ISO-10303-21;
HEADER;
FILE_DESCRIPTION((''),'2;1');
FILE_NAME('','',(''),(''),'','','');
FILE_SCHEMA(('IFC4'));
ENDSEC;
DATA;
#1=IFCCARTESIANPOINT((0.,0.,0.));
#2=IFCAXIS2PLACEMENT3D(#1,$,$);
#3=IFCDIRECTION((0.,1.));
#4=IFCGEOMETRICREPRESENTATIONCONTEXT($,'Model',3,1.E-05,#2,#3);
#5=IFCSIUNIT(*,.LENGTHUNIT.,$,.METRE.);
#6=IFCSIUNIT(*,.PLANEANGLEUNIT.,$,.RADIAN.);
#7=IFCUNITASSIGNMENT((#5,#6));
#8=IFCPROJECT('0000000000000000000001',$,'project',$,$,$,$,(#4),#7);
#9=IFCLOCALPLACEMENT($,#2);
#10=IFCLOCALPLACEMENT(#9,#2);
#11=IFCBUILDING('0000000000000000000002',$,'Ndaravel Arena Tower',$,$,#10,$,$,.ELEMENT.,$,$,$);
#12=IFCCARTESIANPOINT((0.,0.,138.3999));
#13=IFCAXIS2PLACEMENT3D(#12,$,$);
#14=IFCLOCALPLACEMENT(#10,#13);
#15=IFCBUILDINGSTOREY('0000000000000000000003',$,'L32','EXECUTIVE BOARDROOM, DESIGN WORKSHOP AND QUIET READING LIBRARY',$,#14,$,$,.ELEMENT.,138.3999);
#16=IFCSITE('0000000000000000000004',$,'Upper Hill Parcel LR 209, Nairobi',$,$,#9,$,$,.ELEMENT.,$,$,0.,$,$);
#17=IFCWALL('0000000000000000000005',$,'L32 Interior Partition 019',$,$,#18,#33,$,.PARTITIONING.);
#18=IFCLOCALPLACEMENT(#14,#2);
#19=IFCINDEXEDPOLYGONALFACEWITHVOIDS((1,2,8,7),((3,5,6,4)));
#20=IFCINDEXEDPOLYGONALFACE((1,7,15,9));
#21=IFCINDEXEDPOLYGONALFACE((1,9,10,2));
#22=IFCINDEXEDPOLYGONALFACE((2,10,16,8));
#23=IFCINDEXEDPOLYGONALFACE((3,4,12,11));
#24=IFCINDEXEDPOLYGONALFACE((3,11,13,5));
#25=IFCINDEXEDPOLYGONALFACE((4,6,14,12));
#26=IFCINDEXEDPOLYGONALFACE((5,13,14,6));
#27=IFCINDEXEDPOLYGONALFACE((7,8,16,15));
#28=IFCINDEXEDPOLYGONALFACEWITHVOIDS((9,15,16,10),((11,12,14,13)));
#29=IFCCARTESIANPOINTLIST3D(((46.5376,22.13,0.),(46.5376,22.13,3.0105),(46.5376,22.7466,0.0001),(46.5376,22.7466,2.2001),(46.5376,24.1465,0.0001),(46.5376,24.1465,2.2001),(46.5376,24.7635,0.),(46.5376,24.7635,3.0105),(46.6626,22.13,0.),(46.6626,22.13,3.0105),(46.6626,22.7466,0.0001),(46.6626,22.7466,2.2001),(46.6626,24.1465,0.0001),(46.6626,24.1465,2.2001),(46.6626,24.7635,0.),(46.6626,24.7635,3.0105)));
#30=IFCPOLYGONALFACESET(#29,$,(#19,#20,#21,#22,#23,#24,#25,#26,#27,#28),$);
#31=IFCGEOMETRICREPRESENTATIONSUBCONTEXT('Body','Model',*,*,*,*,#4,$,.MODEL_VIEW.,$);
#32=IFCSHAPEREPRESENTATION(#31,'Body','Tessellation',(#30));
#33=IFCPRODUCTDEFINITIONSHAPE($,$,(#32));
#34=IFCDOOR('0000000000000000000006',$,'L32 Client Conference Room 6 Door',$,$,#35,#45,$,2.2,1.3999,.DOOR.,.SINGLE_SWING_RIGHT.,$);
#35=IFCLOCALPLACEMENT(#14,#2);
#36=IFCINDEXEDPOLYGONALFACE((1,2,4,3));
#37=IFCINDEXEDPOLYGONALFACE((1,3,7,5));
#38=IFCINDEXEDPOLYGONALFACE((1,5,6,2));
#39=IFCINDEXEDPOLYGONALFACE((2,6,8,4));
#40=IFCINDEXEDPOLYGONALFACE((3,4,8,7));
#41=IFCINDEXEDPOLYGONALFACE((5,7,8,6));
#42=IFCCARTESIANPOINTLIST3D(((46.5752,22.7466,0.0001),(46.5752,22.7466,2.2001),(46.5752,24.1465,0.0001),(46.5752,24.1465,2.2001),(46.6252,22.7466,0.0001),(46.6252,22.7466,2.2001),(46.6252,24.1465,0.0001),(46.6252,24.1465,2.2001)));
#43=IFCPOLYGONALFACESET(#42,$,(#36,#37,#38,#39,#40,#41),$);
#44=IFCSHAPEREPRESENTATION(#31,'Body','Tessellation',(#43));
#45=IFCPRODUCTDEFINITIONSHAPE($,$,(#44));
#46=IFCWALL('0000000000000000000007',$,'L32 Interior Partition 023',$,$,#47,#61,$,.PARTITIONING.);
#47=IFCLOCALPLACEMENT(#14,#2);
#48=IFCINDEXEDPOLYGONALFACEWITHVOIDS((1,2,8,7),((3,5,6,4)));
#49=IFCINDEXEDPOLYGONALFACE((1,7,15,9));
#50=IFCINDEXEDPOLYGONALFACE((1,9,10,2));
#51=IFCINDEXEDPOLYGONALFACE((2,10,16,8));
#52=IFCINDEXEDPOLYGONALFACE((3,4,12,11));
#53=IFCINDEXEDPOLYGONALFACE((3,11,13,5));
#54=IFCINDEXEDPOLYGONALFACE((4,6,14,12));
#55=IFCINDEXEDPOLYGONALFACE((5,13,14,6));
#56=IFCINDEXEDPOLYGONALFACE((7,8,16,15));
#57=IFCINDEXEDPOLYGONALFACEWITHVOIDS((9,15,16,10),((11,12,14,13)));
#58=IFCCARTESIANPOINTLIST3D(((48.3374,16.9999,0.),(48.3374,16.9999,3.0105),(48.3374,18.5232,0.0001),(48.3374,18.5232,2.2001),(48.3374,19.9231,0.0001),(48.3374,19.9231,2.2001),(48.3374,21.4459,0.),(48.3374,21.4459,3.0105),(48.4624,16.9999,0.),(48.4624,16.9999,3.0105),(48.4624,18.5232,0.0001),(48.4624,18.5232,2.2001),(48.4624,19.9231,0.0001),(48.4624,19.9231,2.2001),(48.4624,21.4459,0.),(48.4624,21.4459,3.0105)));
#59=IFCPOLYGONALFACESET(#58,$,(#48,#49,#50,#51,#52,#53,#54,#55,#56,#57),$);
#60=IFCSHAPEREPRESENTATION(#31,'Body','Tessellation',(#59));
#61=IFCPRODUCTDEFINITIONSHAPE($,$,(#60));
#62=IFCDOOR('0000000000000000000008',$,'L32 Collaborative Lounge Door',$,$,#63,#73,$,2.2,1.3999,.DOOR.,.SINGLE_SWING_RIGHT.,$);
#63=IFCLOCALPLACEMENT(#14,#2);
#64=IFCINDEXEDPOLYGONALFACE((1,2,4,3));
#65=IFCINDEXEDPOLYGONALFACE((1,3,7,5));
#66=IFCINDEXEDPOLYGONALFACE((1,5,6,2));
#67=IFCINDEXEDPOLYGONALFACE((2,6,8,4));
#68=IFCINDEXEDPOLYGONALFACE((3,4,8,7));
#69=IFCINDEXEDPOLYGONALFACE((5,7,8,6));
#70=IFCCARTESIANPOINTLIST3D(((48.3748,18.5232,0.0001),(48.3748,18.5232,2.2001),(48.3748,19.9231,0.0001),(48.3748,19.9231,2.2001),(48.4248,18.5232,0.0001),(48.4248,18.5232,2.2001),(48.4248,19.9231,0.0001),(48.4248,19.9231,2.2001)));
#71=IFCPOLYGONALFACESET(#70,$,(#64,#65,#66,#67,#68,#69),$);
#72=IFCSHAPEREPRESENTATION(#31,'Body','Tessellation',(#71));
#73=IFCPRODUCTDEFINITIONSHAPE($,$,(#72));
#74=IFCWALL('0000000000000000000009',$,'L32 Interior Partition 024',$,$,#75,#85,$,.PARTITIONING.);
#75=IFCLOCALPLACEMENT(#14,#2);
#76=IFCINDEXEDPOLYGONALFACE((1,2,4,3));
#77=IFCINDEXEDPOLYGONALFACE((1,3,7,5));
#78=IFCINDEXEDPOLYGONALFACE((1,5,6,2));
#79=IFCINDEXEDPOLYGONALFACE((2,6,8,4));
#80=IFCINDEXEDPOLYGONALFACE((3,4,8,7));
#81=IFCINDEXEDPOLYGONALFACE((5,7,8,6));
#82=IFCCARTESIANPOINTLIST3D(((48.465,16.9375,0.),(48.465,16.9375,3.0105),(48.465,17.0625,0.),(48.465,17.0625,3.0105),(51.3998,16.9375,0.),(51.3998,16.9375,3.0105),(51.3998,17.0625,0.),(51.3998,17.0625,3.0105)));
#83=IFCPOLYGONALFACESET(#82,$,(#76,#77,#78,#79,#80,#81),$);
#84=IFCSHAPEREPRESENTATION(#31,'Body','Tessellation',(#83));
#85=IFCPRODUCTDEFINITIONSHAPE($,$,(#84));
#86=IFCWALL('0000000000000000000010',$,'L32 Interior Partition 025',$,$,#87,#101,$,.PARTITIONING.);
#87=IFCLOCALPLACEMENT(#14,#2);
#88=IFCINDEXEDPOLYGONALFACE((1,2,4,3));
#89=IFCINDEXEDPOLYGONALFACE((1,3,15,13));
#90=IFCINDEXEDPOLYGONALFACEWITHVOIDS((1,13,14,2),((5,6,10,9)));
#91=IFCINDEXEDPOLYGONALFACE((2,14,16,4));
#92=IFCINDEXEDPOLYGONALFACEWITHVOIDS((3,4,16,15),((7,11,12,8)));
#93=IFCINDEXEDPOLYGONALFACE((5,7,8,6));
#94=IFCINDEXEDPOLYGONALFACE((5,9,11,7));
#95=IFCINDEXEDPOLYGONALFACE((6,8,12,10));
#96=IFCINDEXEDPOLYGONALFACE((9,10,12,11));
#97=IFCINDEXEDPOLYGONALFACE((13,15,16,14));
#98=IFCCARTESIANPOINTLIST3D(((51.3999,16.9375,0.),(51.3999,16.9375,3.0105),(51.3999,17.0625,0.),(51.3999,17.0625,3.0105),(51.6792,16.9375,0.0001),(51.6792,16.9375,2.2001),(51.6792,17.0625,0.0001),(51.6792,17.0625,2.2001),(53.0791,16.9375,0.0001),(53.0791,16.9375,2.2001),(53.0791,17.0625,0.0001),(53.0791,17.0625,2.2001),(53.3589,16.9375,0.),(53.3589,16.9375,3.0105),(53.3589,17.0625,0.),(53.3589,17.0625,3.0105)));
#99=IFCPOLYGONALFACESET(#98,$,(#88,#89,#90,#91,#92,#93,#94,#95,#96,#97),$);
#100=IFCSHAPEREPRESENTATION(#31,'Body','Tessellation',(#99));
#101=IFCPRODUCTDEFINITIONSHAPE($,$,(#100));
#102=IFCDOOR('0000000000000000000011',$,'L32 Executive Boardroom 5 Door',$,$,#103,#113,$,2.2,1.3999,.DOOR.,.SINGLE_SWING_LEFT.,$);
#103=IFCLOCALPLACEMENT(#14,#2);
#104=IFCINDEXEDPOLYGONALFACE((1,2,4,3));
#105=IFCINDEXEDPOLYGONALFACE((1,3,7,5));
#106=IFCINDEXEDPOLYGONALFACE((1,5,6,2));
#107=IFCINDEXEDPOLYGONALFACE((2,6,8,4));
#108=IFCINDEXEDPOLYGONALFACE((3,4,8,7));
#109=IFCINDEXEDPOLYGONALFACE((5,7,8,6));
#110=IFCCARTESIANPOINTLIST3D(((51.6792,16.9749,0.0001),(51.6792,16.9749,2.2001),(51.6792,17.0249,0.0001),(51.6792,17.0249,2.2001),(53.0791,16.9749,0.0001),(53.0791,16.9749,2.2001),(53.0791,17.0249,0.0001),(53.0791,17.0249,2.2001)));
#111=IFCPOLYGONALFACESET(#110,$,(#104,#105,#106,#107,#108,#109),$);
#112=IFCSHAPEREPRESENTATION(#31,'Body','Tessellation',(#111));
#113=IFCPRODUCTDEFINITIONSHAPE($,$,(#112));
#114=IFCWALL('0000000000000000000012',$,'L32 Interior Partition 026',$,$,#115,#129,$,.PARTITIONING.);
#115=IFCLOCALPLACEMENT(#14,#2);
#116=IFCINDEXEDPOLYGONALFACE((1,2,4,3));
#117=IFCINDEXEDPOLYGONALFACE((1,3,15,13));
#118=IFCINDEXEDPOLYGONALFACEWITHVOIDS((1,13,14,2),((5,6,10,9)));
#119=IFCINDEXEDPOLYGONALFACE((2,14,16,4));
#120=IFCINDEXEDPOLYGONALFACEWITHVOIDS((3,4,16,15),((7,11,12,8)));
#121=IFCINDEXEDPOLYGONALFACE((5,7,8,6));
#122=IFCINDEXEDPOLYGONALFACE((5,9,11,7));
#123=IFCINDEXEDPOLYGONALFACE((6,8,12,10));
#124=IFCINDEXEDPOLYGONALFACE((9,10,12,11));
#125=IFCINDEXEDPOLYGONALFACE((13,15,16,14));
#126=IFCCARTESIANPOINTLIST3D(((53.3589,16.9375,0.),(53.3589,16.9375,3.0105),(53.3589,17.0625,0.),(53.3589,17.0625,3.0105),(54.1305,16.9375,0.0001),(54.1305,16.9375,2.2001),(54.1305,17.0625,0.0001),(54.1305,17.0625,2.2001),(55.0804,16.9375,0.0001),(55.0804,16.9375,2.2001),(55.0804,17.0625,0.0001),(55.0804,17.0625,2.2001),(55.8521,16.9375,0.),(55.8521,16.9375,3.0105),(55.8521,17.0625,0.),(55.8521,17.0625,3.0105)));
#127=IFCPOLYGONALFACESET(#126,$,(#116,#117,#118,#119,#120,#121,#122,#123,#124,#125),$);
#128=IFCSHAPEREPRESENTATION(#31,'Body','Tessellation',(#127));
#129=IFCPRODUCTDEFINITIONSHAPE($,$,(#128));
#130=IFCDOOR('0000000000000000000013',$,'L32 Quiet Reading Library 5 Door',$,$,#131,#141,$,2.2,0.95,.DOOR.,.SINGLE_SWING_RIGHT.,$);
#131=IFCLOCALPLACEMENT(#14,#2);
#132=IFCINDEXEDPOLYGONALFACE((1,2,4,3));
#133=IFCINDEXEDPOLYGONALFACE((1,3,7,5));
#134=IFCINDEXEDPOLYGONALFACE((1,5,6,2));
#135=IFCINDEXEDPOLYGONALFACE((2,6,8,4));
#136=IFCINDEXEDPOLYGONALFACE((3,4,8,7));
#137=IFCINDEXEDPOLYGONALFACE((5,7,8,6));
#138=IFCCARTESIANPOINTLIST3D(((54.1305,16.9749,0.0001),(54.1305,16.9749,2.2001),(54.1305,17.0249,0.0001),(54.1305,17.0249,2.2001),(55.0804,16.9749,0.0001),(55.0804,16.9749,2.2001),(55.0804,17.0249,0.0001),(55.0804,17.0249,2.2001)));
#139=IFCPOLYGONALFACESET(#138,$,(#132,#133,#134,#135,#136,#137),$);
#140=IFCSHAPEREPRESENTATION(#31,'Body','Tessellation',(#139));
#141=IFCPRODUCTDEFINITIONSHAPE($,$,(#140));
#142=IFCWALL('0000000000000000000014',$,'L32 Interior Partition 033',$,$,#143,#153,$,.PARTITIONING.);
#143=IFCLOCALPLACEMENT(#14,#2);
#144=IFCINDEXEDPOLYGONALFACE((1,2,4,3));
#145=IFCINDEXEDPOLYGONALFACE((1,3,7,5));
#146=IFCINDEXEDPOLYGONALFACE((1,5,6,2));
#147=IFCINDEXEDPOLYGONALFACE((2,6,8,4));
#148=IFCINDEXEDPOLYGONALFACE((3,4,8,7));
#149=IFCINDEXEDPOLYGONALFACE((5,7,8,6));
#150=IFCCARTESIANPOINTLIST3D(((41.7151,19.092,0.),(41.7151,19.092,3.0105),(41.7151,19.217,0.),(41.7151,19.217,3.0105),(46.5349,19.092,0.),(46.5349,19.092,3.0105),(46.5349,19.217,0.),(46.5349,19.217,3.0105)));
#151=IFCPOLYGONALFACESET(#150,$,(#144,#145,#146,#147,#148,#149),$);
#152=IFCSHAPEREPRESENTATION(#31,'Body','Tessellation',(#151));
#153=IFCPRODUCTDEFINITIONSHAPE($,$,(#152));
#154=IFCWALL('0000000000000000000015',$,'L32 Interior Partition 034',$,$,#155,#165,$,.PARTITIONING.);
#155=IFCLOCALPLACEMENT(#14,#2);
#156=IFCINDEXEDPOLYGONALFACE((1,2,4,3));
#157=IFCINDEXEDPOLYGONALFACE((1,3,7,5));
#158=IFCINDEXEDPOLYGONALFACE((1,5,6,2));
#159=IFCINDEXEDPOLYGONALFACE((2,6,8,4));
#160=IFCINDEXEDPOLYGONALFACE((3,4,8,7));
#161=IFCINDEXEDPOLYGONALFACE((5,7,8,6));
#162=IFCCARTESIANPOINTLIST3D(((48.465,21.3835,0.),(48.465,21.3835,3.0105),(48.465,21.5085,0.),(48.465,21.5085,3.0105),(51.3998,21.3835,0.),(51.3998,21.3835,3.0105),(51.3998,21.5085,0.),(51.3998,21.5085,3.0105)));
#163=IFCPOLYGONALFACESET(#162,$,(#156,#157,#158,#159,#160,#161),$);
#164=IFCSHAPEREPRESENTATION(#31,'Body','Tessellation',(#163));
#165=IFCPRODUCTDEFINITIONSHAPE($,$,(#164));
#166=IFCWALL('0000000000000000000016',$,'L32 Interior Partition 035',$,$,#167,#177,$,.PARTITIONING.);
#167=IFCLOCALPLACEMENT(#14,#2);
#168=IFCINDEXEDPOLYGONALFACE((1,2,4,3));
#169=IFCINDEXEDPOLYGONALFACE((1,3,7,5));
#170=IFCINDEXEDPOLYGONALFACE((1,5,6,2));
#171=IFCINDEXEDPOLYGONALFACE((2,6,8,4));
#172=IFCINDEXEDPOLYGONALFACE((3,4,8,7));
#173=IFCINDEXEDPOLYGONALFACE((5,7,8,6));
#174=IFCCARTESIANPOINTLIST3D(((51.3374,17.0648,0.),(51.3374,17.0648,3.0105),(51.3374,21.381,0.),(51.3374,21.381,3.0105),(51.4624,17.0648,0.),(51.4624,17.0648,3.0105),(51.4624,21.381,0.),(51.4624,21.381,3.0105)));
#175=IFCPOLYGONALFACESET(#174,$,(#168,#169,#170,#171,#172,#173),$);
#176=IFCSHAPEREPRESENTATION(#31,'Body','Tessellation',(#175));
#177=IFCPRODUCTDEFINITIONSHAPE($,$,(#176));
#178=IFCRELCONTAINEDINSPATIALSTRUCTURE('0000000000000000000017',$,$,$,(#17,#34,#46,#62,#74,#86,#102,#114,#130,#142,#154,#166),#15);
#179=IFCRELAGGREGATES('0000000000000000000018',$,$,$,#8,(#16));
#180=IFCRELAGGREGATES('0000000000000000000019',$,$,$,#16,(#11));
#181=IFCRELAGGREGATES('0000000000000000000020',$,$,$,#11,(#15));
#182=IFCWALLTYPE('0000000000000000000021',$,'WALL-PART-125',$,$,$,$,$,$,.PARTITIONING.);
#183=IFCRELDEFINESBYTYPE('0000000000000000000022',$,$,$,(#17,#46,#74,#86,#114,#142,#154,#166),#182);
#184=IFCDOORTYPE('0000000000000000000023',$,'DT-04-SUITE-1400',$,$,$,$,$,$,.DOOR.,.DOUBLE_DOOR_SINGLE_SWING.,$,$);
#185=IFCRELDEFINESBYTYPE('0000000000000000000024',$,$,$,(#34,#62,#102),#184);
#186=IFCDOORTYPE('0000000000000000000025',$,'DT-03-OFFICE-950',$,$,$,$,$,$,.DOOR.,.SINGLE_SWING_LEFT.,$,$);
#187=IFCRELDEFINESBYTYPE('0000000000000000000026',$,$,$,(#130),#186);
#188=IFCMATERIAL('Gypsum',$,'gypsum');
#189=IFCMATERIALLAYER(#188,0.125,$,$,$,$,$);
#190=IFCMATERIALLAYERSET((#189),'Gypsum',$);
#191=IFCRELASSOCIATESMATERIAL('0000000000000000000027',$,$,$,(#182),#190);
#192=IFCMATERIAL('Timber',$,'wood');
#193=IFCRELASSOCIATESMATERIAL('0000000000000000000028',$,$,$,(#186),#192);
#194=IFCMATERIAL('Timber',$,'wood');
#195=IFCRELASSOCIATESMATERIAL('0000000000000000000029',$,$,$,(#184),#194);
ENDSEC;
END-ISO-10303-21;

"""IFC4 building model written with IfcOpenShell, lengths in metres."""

from ifc_helpers import new_model, si_unit, direction, frame, frame_2d, origin, place, context, subcontext, project, spatial, rectangle, extrude, material, layer, layer_set, type_object, element, fill, save


model = new_model("IFC4")

# Units and contexts
model_context = context("Model", 3, precision=1e-05, world=origin(), true_north=direction((0.0, 1.0)))
body_context = subcontext(model_context, "Body", "Model", "MODEL_VIEW")
ifc_project = project(units=[si_unit("LENGTHUNIT", "METRE"), si_unit("PLANEANGLEUNIT", "RADIAN")], contexts=[model_context])

# Site, building, storey
site_placement = place(None, origin())
site = spatial("IfcSite", under=ifc_project, at=site_placement, Name="Upper Hill Parcel LR 209, Nairobi", CompositionType="ELEMENT", RefElevation=0.0)
building_placement = place(site_placement, origin())
building = spatial("IfcBuilding", under=site, at=building_placement, Name="Ndaravel Arena Tower", CompositionType="ELEMENT")
storey_placement = place(building_placement, frame((0.0, 0.0, 138.3999)))
storey = spatial("IfcBuildingStorey", under=building, at=storey_placement, Name="L32", Description="EXECUTIVE BOARDROOM, DESIGN WORKSHOP AND QUIET READING LIBRARY", CompositionType="ELEMENT", Elevation=138.3999)

# Shared definitions
ifc_material_1 = material(Name="Gypsum", Category="gypsum")
ifc_layer_1 = layer(ifc_material_1, 0.125)
ifc_layer_set_1 = layer_set([ifc_layer_1], Name="Gypsum")
wall_type_1 = type_object("IfcWallType", Name="WALL-PART-125", PredefinedType="PARTITIONING", material=ifc_layer_set_1)

# Walls, openings, doors
ifc_material_2 = material(Name="Timber", Category="wood")
door_type_1 = type_object("IfcDoorType", Name="DT-03-OFFICE-950", OperationType="SINGLE_SWING_LEFT", PredefinedType="DOOR", material=ifc_material_2)
wall_1_placement = place(storey_placement, frame((46.6001, 22.1299, 0.0), z_axis=(0.0, 0.0, 1.0), x_axis=(0.0, 1.0, 0.0)))
wall_1 = element("IfcWall", 1, at=wall_1_placement, inside=storey, type_object=wall_type_1, Name="L32 Interior Partition 019", PredefinedType="PARTITIONING", context=body_context, shape_type="SweptSolid", body=[
    extrude(rectangle(XDim=2.6335, YDim=0.125, at=frame_2d((1.3169, 0.0))), origin(), (0.0, 0.0, 1.0), 3.0105),
])
opening_1_placement = place(wall_1_placement, frame((0.6167, 0.0, 0.0)))
opening_1 = element("IfcOpeningElement", 2, at=opening_1_placement, cuts=wall_1, PredefinedType="OPENING", context=body_context, shape_type="SweptSolid", body=[
    extrude(rectangle(XDim=1.3999, YDim=2.2, at=frame_2d((0.7, 1.1001))), frame((0.0, 0.0625, 0.0), z_axis=(0.0, -1.0, 0.0), x_axis=(1.0, 0.0, 0.0)), (0.0, 0.0, 1.0), 0.125),
])
ifc_material_3 = material(Name="Timber", Category="wood")
door_type_2 = type_object("IfcDoorType", Name="DT-04-SUITE-1400", OperationType="DOUBLE_DOOR_SINGLE_SWING", PredefinedType="DOOR", material=ifc_material_3)
door_1_placement = place(opening_1_placement, origin())
door_1 = element("IfcDoor", 3, at=door_1_placement, inside=storey, type_object=door_type_2, Name="L32 Client Conference Room 6 Door", OperationType="SINGLE_SWING_RIGHT", OverallHeight=2.2, OverallWidth=1.3999, PredefinedType="DOOR", context=body_context, shape_type="SweptSolid", body=[
    extrude(rectangle(XDim=1.3999, YDim=2.2, at=frame_2d((0.7, 1.1001))), frame((0.0, 0.0249, 0.0), z_axis=(0.0, -1.0, 0.0), x_axis=(1.0, 0.0, 0.0)), (0.0, 0.0, 1.0), 0.05),
])
fill(opening_1, door_1)
wall_2_placement = place(storey_placement, frame((48.3999, 21.446, 0.0), z_axis=(0.0, 0.0, 1.0), x_axis=(0.0, -1.0, 0.0)))
wall_2 = element("IfcWall", 4, at=wall_2_placement, inside=storey, type_object=wall_type_1, Name="L32 Interior Partition 023", PredefinedType="PARTITIONING", context=body_context, shape_type="SweptSolid", body=[
    extrude(rectangle(XDim=4.446, YDim=0.125, at=frame_2d((2.2231, 0.0))), origin(), (0.0, 0.0, 1.0), 3.0105),
])
opening_2_placement = place(wall_2_placement, frame((1.5229, 0.0, 0.0)))
opening_2 = element("IfcOpeningElement", 5, at=opening_2_placement, cuts=wall_2, PredefinedType="OPENING", context=body_context, shape_type="SweptSolid", body=[
    extrude(rectangle(XDim=1.3999, YDim=2.2, at=frame_2d((0.7, 1.1001))), frame((0.0, 0.0625, 0.0), z_axis=(0.0, -1.0, 0.0), x_axis=(1.0, 0.0, 0.0)), (0.0, 0.0, 1.0), 0.125),
])
door_2_placement = place(opening_2_placement, origin())
door_2 = element("IfcDoor", 6, at=door_2_placement, inside=storey, type_object=door_type_2, Name="L32 Collaborative Lounge Door", OperationType="SINGLE_SWING_RIGHT", OverallHeight=2.2, OverallWidth=1.3999, PredefinedType="DOOR", context=body_context, shape_type="SweptSolid", body=[
    extrude(rectangle(XDim=1.3999, YDim=2.2, at=frame_2d((0.7, 1.1001))), frame((0.0, 0.0249, 0.0), z_axis=(0.0, -1.0, 0.0), x_axis=(1.0, 0.0, 0.0)), (0.0, 0.0, 1.0), 0.05),
])
fill(opening_2, door_2)

# Wall
wall_3_placement = place(storey_placement, frame((48.4651, 17.0, 0.0), z_axis=(0.0, 0.0, 1.0), x_axis=(1.0, 0.0, 0.0)))
element("IfcWall", 7, at=wall_3_placement, inside=storey, type_object=wall_type_1, Name="L32 Interior Partition 024", PredefinedType="PARTITIONING", context=body_context, shape_type="SweptSolid", body=[
    extrude(rectangle(XDim=2.9348, YDim=0.125, at=frame_2d((1.4673, 0.0))), origin(), (0.0, 0.0, 1.0), 3.0105),
])

# Walls, openings, doors
wall_4_placement = place(storey_placement, frame((51.3999, 17.0, 0.0), z_axis=(0.0, 0.0, 1.0), x_axis=(1.0, 0.0, 0.0)))
wall_4 = element("IfcWall", 8, at=wall_4_placement, inside=storey, type_object=wall_type_1, Name="L32 Interior Partition 025", PredefinedType="PARTITIONING", context=body_context, shape_type="SweptSolid", body=[
    extrude(rectangle(XDim=1.959, YDim=0.125, at=frame_2d((0.9795, 0.0))), origin(), (0.0, 0.0, 1.0), 3.0105),
])
opening_3_placement = place(wall_4_placement, frame((0.2793, 0.0, 0.0)))
opening_3 = element("IfcOpeningElement", 9, at=opening_3_placement, cuts=wall_4, PredefinedType="OPENING", context=body_context, shape_type="SweptSolid", body=[
    extrude(rectangle(XDim=1.3999, YDim=2.2, at=frame_2d((0.7, 1.1001))), frame((0.0, 0.0625, 0.0), z_axis=(0.0, -1.0, 0.0), x_axis=(1.0, 0.0, 0.0)), (0.0, 0.0, 1.0), 0.125),
])
door_3_placement = place(opening_3_placement, origin())
door_3 = element("IfcDoor", 10, at=door_3_placement, inside=storey, type_object=door_type_2, Name="L32 Executive Boardroom 5 Door", OperationType="SINGLE_SWING_LEFT", OverallHeight=2.2, OverallWidth=1.3999, PredefinedType="DOOR", context=body_context, shape_type="SweptSolid", body=[
    extrude(rectangle(XDim=1.3999, YDim=2.2, at=frame_2d((0.7, 1.1001))), frame((0.0, 0.0249, 0.0), z_axis=(0.0, -1.0, 0.0), x_axis=(1.0, 0.0, 0.0)), (0.0, 0.0, 1.0), 0.05),
])
fill(opening_3, door_3)
wall_5_placement = place(storey_placement, frame((53.3589, 17.0, 0.0), z_axis=(0.0, 0.0, 1.0), x_axis=(1.0, 0.0, 0.0)))
wall_5 = element("IfcWall", 11, at=wall_5_placement, inside=storey, type_object=wall_type_1, Name="L32 Interior Partition 026", PredefinedType="PARTITIONING", context=body_context, shape_type="SweptSolid", body=[
    extrude(rectangle(XDim=2.4932, YDim=0.125, at=frame_2d((1.2466, 0.0))), origin(), (0.0, 0.0, 1.0), 3.0105),
])
opening_4_placement = place(wall_5_placement, frame((0.7715, 0.0, 0.0)))
opening_4 = element("IfcOpeningElement", 12, at=opening_4_placement, cuts=wall_5, PredefinedType="OPENING", context=body_context, shape_type="SweptSolid", body=[
    extrude(rectangle(XDim=0.95, YDim=2.2, at=frame_2d((0.4751, 1.1001))), frame((0.0, 0.0625, 0.0), z_axis=(0.0, -1.0, 0.0), x_axis=(1.0, 0.0, 0.0)), (0.0, 0.0, 1.0), 0.125),
])
door_4_placement = place(opening_4_placement, origin())
door_4 = element("IfcDoor", 13, at=door_4_placement, inside=storey, type_object=door_type_1, Name="L32 Quiet Reading Library 5 Door", OperationType="SINGLE_SWING_RIGHT", OverallHeight=2.2, OverallWidth=0.95, PredefinedType="DOOR", context=body_context, shape_type="SweptSolid", body=[
    extrude(rectangle(XDim=0.95, YDim=2.2, at=frame_2d((0.4751, 1.1001))), frame((0.0, 0.0249, 0.0), z_axis=(0.0, -1.0, 0.0), x_axis=(1.0, 0.0, 0.0)), (0.0, 0.0, 1.0), 0.05),
])
fill(opening_4, door_4)

# Walls
wall_6_placement = place(storey_placement, frame((41.7151, 19.1545, 0.0), z_axis=(0.0, 0.0, 1.0), x_axis=(1.0, 0.0, 0.0)))
element("IfcWall", 14, at=wall_6_placement, inside=storey, type_object=wall_type_1, Name="L32 Interior Partition 033", PredefinedType="PARTITIONING", context=body_context, shape_type="SweptSolid", body=[
    extrude(rectangle(XDim=4.8198, YDim=0.125, at=frame_2d((2.4099, 0.0))), origin(), (0.0, 0.0, 1.0), 3.0105),
])
wall_7_placement = place(storey_placement, frame((48.4651, 21.446, 0.0), z_axis=(0.0, 0.0, 1.0), x_axis=(1.0, 0.0, 0.0)))
element("IfcWall", 15, at=wall_7_placement, inside=storey, type_object=wall_type_1, Name="L32 Interior Partition 034", PredefinedType="PARTITIONING", context=body_context, shape_type="SweptSolid", body=[
    extrude(rectangle(XDim=2.9348, YDim=0.125, at=frame_2d((1.4673, 0.0))), origin(), (0.0, 0.0, 1.0), 3.0105),
])
wall_8_placement = place(storey_placement, frame((51.3999, 21.3811, 0.0), z_axis=(0.0, 0.0, 1.0), x_axis=(0.0, -1.0, 0.0)))
element("IfcWall", 16, at=wall_8_placement, inside=storey, type_object=wall_type_1, Name="L32 Interior Partition 035", PredefinedType="PARTITIONING", context=body_context, shape_type="SweptSolid", body=[
    extrude(rectangle(XDim=4.3162, YDim=0.125, at=frame_2d((2.1582, 0.0))), origin(), (0.0, 0.0, 1.0), 3.0105),
])

save(model, "model.ifc")
